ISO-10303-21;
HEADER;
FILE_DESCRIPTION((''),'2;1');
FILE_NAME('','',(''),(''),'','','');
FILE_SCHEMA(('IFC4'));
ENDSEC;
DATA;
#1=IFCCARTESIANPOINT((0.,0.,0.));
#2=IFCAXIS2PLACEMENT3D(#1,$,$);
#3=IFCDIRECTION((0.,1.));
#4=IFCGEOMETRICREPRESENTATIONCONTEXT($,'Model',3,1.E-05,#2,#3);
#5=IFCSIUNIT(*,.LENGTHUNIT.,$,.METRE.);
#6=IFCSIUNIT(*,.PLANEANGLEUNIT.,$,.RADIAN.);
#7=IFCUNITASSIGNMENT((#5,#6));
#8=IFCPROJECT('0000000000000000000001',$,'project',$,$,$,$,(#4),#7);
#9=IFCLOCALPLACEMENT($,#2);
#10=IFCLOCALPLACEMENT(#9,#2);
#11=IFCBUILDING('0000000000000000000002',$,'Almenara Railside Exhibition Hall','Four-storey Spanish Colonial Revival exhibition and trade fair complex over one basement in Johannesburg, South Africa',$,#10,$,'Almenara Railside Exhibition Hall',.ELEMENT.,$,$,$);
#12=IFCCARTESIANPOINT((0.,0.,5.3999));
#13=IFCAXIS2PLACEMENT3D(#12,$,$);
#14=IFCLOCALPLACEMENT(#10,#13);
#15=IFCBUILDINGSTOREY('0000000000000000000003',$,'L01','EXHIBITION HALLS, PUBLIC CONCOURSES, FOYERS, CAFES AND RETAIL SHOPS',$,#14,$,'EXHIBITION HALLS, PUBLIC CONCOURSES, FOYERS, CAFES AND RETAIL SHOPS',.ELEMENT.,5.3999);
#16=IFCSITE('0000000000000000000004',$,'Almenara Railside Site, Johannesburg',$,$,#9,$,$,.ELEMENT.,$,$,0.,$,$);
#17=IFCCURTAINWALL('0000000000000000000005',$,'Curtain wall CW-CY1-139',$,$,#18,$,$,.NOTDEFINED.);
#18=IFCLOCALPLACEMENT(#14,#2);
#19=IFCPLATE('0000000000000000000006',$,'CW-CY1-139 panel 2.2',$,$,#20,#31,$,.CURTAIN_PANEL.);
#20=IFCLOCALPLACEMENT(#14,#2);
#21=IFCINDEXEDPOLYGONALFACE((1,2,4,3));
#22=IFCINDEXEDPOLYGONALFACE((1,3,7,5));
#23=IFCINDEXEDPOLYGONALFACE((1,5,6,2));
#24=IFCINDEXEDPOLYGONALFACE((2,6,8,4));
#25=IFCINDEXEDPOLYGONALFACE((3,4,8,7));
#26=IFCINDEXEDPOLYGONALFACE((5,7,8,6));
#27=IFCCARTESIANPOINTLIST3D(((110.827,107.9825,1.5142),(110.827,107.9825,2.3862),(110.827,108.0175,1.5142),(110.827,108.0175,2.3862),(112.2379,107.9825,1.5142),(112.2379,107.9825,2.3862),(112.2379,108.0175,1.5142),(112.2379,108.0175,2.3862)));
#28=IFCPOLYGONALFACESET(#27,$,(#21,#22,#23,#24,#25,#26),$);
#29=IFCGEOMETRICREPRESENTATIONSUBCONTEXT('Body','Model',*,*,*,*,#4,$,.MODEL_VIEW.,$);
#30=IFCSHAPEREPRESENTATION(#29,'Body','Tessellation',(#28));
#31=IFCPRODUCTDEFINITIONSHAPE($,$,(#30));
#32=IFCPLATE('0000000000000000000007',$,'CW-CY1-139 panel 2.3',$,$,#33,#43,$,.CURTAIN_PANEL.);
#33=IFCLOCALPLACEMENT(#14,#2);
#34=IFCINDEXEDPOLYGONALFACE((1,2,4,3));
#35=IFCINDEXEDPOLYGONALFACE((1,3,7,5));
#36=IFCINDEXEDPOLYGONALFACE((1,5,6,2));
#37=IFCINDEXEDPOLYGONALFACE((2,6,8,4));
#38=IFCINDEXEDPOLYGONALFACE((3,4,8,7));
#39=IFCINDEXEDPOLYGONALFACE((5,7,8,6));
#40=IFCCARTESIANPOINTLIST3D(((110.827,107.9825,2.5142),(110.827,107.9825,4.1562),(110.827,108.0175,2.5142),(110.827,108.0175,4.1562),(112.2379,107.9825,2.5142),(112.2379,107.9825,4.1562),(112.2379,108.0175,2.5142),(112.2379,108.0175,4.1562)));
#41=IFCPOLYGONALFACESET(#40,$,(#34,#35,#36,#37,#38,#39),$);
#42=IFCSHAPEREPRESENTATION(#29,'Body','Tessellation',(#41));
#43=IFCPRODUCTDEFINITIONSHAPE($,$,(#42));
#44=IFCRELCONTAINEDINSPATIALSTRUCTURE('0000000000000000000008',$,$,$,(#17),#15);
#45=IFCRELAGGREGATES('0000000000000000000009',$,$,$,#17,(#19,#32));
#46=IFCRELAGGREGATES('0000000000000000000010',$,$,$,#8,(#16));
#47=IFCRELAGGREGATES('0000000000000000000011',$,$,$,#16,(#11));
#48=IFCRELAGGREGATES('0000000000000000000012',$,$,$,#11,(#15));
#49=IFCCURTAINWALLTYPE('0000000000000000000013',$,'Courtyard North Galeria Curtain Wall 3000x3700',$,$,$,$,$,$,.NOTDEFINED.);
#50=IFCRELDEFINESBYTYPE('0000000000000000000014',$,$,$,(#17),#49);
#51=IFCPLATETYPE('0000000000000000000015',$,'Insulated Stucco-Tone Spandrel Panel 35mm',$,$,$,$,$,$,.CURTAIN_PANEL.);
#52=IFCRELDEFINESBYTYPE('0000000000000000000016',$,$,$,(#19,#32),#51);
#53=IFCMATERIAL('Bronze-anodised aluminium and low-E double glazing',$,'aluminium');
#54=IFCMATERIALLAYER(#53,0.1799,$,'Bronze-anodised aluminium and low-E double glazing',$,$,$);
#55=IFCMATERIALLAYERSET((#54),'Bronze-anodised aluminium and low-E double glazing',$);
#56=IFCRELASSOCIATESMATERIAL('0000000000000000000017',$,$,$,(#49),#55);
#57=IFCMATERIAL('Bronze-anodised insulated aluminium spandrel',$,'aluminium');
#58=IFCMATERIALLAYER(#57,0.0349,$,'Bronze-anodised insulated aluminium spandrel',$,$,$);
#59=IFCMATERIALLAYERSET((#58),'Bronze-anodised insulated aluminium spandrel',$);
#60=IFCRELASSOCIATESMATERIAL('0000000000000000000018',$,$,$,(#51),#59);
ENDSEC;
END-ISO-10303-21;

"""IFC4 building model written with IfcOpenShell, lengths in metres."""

from ifc_helpers import new_model, si_unit, direction, frame, origin, origin_2d, place, context, subcontext, project, spatial, rectangle, extrude, material, layer, layer_set, type_object, element, aggregate, save


model = new_model("IFC4")

# Units and contexts
model_context = context("Model", 3, precision=1e-05, world=origin(), true_north=direction((0.0, 1.0)))
body_context = subcontext(model_context, "Body", "Model", "MODEL_VIEW")
ifc_project = project(units=[si_unit("LENGTHUNIT", "METRE"), si_unit("PLANEANGLEUNIT", "RADIAN")], contexts=[model_context])

# Site, building, storey
site_placement = place(None, origin())
site = spatial("IfcSite", under=ifc_project, at=site_placement, Name="Almenara Railside Site, Johannesburg", CompositionType="ELEMENT", RefElevation=0.0)
building_placement = place(site_placement, origin())
building = spatial("IfcBuilding", under=site, at=building_placement, Name="Almenara Railside Exhibition Hall", Description="Four-storey Spanish Colonial Revival exhibition and trade fair complex over one basement in Johannesburg, South Africa", LongName="Almenara Railside Exhibition Hall", CompositionType="ELEMENT")
storey_placement = place(building_placement, frame((0.0, 0.0, 5.3999)))
storey = spatial("IfcBuildingStorey", under=building, at=storey_placement, Name="L01", Description="EXHIBITION HALLS, PUBLIC CONCOURSES, FOYERS, CAFES AND RETAIL SHOPS", LongName="EXHIBITION HALLS, PUBLIC CONCOURSES, FOYERS, CAFES AND RETAIL SHOPS", CompositionType="ELEMENT", Elevation=5.3999)

# Shared definitions
ifc_material_1 = material(Name="Bronze-anodised aluminium and low-E double glazing", Category="aluminium")
ifc_layer_1 = layer(ifc_material_1, 0.1799, Name="Bronze-anodised aluminium and low-E double glazing")
ifc_layer_set_1 = layer_set([ifc_layer_1], Name="Bronze-anodised aluminium and low-E double glazing")
curtain_wall_type = type_object("IfcCurtainWallType", Name="Courtyard North Galeria Curtain Wall 3000x3700", PredefinedType="NOTDEFINED", material=ifc_layer_set_1)

# Curtain wall
curtain_wall_1_placement = place(storey_placement, origin())
curtain_wall_1 = element("IfcCurtainWall", 1, at=curtain_wall_1_placement, inside=storey, type_object=curtain_wall_type, Name="Curtain wall CW-CY1-139", PredefinedType="NOTDEFINED")

# Plates
ifc_material_2 = material(Name="Bronze-anodised insulated aluminium spandrel", Category="aluminium")
ifc_layer_2 = layer(ifc_material_2, 0.0349, Name="Bronze-anodised insulated aluminium spandrel")
ifc_layer_set_2 = layer_set([ifc_layer_2], Name="Bronze-anodised insulated aluminium spandrel")
plate_type = type_object("IfcPlateType", Name="Insulated Stucco-Tone Spandrel Panel 35mm", PredefinedType="CURTAIN_PANEL", material=ifc_layer_set_2)
plate_1_placement = place(storey_placement, frame((111.5325, 108.0, 1.5142), z_axis=(0.0, 0.0, 1.0), x_axis=(1.0, 0.0, 0.0)))
plate_1 = element("IfcPlate", 2, at=plate_1_placement, type_object=plate_type, Name="CW-CY1-139 panel 2.2", PredefinedType="CURTAIN_PANEL", context=body_context, shape_type="SweptSolid", body=[
    extrude(rectangle(XDim=1.4109, YDim=0.0349, at=origin_2d()), origin(), (0.0, 0.0, 1.0), 0.8721),
])
plate_2_placement = place(storey_placement, frame((111.5325, 108.0, 2.5142), z_axis=(0.0, 0.0, 1.0), x_axis=(1.0, 0.0, 0.0)))
plate_2 = element("IfcPlate", 3, at=plate_2_placement, type_object=plate_type, Name="CW-CY1-139 panel 2.3", PredefinedType="CURTAIN_PANEL", context=body_context, shape_type="SweptSolid", body=[
    extrude(rectangle(XDim=1.4109, YDim=0.0349, at=origin_2d()), origin(), (0.0, 0.0, 1.0), 1.6421),
])
aggregate(curtain_wall_1, [plate_1, plate_2])

save(model, "model.ifc")
